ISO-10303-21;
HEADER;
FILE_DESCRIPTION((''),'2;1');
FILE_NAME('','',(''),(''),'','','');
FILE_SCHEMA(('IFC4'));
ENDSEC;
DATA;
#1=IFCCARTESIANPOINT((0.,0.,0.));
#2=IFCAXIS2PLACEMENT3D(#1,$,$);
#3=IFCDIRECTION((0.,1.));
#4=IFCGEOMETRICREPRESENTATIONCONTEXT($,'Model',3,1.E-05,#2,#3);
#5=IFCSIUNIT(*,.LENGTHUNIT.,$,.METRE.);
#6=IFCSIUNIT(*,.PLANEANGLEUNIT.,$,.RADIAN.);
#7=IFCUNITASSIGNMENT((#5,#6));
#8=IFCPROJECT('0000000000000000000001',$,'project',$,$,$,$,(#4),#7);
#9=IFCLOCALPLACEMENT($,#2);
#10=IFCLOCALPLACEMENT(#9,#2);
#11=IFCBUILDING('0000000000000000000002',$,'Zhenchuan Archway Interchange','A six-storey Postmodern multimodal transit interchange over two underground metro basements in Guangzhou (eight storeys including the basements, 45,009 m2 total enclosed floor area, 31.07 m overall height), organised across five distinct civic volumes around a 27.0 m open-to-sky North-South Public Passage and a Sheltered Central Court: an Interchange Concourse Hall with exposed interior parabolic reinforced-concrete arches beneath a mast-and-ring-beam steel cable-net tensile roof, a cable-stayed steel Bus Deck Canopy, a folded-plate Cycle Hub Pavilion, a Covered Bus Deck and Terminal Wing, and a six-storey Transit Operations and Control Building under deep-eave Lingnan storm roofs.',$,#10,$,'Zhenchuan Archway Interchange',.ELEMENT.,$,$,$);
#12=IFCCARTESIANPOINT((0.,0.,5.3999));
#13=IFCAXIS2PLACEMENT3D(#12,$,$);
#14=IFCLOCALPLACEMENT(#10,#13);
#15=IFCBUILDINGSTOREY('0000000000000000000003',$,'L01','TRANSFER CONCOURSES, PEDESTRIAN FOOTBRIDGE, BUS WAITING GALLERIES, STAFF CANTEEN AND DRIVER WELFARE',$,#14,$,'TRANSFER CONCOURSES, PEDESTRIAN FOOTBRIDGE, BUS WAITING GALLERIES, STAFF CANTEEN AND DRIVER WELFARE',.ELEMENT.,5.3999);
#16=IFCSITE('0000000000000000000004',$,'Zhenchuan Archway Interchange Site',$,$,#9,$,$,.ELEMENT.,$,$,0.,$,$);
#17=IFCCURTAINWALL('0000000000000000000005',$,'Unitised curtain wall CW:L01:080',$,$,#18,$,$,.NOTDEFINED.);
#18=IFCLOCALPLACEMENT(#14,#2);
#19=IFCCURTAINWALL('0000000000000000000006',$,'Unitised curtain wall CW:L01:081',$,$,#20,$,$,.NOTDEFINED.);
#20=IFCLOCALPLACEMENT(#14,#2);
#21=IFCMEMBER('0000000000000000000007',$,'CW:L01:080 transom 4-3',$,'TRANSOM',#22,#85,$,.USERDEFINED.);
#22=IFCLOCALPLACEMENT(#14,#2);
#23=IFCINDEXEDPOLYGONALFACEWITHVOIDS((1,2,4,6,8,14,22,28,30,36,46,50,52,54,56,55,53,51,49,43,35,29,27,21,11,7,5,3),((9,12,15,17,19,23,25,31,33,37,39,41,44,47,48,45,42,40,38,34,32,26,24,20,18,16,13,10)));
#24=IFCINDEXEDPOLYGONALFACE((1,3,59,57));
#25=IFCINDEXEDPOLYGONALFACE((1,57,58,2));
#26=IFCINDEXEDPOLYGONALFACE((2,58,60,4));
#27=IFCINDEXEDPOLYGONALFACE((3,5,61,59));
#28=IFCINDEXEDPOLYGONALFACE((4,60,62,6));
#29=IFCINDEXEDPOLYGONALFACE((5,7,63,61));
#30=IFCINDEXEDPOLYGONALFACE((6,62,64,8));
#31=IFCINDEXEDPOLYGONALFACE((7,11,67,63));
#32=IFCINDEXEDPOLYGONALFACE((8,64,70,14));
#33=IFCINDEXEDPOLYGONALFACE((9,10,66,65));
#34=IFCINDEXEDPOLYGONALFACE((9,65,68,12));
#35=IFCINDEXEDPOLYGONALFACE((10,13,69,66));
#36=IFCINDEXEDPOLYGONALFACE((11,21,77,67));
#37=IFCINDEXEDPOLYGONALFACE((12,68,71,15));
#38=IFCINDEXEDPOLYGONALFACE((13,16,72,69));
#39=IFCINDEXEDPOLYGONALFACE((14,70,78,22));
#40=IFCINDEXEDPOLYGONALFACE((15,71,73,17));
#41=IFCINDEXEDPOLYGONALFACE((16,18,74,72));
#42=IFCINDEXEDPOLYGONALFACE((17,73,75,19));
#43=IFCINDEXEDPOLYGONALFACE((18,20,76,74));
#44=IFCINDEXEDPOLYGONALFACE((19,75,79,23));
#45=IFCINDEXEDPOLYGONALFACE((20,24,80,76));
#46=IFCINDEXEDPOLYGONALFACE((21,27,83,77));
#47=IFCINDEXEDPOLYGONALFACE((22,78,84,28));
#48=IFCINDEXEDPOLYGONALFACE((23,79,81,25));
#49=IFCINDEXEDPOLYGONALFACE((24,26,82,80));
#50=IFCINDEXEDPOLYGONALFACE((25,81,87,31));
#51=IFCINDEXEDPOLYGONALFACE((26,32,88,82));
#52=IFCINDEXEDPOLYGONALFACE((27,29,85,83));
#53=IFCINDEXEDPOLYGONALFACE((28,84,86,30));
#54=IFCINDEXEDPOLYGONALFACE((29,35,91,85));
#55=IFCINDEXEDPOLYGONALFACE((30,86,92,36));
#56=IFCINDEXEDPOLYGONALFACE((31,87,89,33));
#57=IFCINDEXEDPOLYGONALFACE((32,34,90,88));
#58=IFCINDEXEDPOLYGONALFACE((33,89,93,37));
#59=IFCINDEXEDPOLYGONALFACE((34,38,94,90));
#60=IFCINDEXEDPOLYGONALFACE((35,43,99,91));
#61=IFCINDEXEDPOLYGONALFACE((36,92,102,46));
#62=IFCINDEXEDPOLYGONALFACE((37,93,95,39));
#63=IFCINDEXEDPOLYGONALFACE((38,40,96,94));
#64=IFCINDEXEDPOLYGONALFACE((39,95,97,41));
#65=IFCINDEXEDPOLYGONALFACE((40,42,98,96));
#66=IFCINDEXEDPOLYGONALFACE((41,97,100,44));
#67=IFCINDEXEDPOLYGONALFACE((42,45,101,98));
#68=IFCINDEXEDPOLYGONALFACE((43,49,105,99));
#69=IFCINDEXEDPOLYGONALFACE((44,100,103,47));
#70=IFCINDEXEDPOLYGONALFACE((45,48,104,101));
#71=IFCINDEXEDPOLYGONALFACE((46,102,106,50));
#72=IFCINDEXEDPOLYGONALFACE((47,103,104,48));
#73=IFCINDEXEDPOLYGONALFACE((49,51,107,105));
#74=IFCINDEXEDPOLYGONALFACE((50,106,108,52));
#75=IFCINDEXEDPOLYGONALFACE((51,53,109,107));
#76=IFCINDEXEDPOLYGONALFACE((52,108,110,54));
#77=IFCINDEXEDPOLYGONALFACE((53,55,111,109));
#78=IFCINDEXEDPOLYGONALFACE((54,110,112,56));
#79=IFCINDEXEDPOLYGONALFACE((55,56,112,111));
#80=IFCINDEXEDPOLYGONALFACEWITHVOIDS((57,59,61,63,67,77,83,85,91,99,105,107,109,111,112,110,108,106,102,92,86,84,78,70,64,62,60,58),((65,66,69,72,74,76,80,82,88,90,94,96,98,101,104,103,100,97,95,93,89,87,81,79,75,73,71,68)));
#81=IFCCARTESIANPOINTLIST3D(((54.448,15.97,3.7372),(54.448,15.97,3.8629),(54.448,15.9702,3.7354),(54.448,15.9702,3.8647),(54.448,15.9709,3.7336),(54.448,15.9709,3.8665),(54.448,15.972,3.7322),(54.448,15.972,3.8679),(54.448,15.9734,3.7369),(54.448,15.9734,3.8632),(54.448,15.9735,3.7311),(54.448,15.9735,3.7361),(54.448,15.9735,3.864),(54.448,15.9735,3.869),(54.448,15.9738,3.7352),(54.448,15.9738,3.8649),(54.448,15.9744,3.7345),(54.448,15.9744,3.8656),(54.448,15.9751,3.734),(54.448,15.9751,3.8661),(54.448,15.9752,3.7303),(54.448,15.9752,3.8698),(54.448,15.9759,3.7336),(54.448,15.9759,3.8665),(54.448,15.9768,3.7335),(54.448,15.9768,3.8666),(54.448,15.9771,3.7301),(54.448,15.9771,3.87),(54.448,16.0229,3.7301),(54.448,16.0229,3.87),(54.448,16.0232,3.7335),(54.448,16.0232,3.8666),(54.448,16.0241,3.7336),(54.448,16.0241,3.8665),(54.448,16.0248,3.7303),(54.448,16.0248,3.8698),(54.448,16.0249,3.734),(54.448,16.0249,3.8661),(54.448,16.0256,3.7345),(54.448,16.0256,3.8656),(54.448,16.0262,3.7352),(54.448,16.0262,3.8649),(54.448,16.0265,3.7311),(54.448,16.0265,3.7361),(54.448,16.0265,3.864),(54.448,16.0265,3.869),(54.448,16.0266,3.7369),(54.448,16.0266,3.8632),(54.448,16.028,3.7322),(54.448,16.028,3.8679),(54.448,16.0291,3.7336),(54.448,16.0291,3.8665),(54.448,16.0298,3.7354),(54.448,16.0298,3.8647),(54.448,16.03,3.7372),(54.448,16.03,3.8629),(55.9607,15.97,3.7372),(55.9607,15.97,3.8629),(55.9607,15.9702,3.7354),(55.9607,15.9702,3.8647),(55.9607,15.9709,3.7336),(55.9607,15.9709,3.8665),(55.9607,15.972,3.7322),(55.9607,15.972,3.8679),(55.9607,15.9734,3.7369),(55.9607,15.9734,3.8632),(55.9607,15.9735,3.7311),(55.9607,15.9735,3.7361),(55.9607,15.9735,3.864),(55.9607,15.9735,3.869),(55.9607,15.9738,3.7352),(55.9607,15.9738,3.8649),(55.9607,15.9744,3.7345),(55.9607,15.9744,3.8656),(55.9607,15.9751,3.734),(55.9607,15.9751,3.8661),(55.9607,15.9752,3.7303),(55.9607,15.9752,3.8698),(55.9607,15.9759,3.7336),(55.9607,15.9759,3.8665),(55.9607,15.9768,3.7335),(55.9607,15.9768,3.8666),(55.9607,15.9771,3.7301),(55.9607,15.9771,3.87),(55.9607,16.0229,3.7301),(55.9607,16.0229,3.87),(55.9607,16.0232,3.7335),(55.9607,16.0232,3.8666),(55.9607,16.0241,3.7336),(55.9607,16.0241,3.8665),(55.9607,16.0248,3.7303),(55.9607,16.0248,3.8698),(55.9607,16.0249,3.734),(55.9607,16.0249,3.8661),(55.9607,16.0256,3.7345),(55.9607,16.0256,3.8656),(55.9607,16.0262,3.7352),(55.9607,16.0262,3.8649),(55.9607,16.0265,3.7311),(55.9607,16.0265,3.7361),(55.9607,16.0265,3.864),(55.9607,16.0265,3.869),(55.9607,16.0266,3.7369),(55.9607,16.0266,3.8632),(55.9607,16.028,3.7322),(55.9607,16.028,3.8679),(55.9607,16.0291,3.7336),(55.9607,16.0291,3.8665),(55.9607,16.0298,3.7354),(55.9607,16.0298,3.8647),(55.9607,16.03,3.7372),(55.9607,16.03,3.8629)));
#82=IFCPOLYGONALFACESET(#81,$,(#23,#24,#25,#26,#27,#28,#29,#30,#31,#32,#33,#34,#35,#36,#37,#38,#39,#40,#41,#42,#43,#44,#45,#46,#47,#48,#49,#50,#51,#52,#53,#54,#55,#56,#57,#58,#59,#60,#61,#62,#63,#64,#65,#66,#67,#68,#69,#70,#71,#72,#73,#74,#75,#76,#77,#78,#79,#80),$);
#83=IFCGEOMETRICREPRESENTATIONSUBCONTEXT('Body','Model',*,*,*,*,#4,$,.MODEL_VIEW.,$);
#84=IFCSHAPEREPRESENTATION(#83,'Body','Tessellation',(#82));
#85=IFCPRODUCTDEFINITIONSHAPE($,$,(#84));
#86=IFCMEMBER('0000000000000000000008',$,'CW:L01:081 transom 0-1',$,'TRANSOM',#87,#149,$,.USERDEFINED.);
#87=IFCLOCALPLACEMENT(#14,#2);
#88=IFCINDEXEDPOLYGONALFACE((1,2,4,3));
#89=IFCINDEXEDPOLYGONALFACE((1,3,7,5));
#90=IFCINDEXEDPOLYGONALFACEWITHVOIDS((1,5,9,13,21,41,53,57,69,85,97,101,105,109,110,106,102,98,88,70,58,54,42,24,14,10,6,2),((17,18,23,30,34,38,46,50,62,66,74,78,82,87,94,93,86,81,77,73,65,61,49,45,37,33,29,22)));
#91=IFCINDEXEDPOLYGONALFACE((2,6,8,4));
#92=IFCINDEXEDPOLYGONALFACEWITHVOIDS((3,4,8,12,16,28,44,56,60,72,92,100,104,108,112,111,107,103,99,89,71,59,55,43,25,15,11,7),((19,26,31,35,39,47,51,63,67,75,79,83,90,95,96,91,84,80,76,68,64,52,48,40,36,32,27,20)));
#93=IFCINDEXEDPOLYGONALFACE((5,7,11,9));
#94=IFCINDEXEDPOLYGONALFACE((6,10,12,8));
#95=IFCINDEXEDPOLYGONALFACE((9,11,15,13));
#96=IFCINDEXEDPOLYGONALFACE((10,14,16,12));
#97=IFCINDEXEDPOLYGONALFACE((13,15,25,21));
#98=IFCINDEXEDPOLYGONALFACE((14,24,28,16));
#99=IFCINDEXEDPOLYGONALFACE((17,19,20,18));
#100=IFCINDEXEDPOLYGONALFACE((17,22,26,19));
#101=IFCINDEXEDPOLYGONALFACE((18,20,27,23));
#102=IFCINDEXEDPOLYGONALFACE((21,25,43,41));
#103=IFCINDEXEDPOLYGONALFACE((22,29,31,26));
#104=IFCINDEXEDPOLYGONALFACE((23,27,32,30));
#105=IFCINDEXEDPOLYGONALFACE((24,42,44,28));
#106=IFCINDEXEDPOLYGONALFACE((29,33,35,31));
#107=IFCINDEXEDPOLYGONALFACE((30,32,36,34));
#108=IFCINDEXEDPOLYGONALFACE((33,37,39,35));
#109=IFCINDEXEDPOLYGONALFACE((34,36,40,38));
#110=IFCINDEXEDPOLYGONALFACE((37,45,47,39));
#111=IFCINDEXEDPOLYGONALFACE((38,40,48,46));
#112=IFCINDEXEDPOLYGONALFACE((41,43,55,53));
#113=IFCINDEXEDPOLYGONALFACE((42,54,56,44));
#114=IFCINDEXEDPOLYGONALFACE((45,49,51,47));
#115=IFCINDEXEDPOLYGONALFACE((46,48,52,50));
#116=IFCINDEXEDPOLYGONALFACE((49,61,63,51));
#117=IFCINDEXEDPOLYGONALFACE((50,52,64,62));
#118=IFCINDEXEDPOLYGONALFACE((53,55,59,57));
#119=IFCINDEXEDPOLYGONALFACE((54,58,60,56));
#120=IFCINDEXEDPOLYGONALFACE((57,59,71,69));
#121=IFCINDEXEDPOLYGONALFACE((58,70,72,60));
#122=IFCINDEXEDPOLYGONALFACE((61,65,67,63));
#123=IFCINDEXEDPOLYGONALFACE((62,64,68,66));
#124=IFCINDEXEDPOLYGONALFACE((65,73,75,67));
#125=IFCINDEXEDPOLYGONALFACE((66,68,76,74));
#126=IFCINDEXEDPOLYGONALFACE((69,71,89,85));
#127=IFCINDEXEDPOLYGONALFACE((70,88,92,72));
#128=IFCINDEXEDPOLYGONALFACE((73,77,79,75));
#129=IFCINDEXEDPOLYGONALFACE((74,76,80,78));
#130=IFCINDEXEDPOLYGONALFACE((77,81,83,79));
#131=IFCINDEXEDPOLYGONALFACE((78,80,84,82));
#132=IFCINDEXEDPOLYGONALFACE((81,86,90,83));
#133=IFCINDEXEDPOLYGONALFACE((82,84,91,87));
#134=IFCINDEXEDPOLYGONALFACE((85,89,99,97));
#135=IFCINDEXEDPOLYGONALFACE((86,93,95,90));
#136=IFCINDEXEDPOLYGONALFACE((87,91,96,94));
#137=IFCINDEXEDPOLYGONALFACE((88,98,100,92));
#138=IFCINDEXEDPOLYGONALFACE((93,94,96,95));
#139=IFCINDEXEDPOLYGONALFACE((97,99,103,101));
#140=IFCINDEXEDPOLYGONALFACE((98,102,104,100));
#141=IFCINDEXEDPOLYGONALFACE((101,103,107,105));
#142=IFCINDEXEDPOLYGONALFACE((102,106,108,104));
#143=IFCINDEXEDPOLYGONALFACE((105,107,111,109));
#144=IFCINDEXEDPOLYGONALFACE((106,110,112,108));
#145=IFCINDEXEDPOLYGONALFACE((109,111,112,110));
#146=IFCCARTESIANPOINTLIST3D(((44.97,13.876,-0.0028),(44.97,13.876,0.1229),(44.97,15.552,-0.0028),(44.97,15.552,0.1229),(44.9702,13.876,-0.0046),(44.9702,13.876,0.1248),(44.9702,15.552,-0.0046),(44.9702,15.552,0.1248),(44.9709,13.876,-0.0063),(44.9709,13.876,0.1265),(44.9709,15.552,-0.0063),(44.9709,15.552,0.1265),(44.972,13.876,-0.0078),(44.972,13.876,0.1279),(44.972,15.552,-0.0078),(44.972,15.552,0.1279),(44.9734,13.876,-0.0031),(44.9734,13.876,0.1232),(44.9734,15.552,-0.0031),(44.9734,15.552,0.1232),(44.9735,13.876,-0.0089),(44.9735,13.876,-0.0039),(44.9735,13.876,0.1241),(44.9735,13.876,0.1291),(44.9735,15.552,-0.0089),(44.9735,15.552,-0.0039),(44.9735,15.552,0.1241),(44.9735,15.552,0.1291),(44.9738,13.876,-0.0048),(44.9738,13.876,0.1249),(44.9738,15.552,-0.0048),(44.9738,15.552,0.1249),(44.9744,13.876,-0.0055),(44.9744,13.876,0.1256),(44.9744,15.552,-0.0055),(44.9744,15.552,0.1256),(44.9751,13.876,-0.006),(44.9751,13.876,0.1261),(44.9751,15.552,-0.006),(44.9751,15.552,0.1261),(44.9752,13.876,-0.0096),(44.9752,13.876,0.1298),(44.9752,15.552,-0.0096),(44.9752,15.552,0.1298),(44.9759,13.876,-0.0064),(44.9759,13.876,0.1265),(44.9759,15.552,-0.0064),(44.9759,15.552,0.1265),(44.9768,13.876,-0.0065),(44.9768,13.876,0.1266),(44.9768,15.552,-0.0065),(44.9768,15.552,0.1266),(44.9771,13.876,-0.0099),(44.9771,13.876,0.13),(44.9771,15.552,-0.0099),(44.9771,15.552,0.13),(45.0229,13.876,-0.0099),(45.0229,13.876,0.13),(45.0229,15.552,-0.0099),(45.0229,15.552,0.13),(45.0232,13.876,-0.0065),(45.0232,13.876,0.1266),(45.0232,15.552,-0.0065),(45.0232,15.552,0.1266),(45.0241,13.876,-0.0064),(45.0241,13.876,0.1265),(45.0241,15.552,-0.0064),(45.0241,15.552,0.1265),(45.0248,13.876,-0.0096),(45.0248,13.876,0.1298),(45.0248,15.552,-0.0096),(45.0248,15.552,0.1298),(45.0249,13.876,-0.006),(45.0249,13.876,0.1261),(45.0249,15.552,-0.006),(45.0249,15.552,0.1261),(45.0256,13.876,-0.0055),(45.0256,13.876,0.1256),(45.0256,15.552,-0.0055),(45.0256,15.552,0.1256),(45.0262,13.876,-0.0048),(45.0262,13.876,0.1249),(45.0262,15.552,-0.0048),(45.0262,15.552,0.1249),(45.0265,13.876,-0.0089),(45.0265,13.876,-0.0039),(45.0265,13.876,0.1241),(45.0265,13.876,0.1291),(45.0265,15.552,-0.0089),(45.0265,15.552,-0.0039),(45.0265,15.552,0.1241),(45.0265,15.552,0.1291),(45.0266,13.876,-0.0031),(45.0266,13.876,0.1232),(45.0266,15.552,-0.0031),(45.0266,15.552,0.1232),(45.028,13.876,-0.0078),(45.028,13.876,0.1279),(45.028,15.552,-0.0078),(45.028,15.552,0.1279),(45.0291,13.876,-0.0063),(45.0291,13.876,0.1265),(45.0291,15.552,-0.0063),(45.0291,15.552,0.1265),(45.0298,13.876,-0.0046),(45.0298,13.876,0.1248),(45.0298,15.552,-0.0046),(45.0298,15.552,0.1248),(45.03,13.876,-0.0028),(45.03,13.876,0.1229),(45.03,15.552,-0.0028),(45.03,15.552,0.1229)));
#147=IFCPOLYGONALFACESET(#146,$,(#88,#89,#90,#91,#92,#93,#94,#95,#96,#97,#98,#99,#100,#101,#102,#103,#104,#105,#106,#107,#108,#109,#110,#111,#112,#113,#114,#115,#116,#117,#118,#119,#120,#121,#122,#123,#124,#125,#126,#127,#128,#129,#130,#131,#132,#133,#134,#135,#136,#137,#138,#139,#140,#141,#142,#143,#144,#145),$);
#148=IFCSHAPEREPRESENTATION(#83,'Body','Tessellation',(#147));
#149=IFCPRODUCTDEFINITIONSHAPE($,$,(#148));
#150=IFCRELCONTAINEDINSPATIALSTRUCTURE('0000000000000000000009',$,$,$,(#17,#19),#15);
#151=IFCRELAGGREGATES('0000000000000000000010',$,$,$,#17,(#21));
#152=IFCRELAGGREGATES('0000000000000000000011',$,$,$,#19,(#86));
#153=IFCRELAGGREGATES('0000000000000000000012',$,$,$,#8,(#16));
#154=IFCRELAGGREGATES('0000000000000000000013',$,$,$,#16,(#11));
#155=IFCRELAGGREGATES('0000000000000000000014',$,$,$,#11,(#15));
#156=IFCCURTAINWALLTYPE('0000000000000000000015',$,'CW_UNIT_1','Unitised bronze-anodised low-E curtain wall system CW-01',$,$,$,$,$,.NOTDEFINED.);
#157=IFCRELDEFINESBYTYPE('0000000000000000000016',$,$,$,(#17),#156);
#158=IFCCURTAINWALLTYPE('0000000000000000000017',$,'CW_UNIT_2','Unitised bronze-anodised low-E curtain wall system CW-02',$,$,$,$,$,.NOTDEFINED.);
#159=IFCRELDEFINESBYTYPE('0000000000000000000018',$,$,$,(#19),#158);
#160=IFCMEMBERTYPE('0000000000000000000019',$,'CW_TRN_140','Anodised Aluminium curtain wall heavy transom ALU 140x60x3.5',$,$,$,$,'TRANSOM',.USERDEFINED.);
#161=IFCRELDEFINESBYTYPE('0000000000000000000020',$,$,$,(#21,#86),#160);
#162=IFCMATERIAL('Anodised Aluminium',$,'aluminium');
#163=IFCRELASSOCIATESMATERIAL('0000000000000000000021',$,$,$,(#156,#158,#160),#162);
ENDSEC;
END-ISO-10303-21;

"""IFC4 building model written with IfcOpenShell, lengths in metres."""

from ifc_helpers import new_model, si_unit, direction, frame, origin, origin_2d, place, context, subcontext, project, spatial, hollow_rectangle, extrude, material, material_profile, profile_set, type_object, element, aggregate, save


model = new_model("IFC4")

# Units and contexts
model_context = context("Model", 3, precision=1e-05, world=origin(), true_north=direction((0.0, 1.0)))
body_context = subcontext(model_context, "Body", "Model", "MODEL_VIEW")
ifc_project = project(units=[si_unit("LENGTHUNIT", "METRE"), si_unit("PLANEANGLEUNIT", "RADIAN")], contexts=[model_context])

# Site, building, storey
site_placement = place(None, origin())
site = spatial("IfcSite", under=ifc_project, at=site_placement, Name="Zhenchuan Archway Interchange Site", CompositionType="ELEMENT", RefElevation=0.0)
building_placement = place(site_placement, origin())
building = spatial("IfcBuilding", under=site, at=building_placement, Name="Zhenchuan Archway Interchange", Description="A six-storey Postmodern multimodal transit interchange over two underground metro basements in Guangzhou (eight storeys including the basements, 45,009 m2 total enclosed floor area, 31.07 m overall height), organised across five distinct civic volumes around a 27.0 m open-to-sky North-South Public Passage and a Sheltered Central Court: an Interchange Concourse Hall with exposed interior parabolic reinforced-concrete arches beneath a mast-and-ring-beam steel cable-net tensile roof, a cable-stayed steel Bus Deck Canopy, a folded-plate Cycle Hub Pavilion, a Covered Bus Deck and Terminal Wing, and a six-storey Transit Operations and Control Building under deep-eave Lingnan storm roofs.", LongName="Zhenchuan Archway Interchange", CompositionType="ELEMENT")
storey_placement = place(building_placement, frame((0.0, 0.0, 5.3999)))
storey = spatial("IfcBuildingStorey", under=building, at=storey_placement, Name="L01", Description="TRANSFER CONCOURSES, PEDESTRIAN FOOTBRIDGE, BUS WAITING GALLERIES, STAFF CANTEEN AND DRIVER WELFARE", LongName="TRANSFER CONCOURSES, PEDESTRIAN FOOTBRIDGE, BUS WAITING GALLERIES, STAFF CANTEEN AND DRIVER WELFARE", CompositionType="ELEMENT", Elevation=5.3999)

# Curtain walls
ifc_material_1 = material(Name="Anodised Aluminium", Category="aluminium")
curtain_wall_type_1 = type_object("IfcCurtainWallType", Name="CW_UNIT_1", Description="Unitised bronze-anodised low-E curtain wall system CW-01", PredefinedType="NOTDEFINED", material=ifc_material_1)
curtain_wall_1_placement = place(storey_placement, origin())
curtain_wall_1 = element("IfcCurtainWall", 1, at=curtain_wall_1_placement, inside=storey, type_object=curtain_wall_type_1, Name="Unitised curtain wall CW:L01:080", PredefinedType="NOTDEFINED")
curtain_wall_type_2 = type_object("IfcCurtainWallType", Name="CW_UNIT_2", Description="Unitised bronze-anodised low-E curtain wall system CW-02", PredefinedType="NOTDEFINED", material=ifc_material_1)
curtain_wall_2_placement = place(storey_placement, origin())
curtain_wall_2 = element("IfcCurtainWall", 2, at=curtain_wall_2_placement, inside=storey, type_object=curtain_wall_type_2, Name="Unitised curtain wall CW:L01:081", PredefinedType="NOTDEFINED")

# Members
ifc_material_profile_1 = material_profile(ifc_material_1, hollow_rectangle(XDim=0.0601, YDim=0.1399, WallThickness=0.0034, InnerFilletRadius=0.0034, OuterFilletRadius=0.0071, at=origin_2d()), Name="ALU 140x60x3.5")
ifc_profile_set_1 = profile_set([ifc_material_profile_1], Name="Anodised Aluminium")
member_type_1 = type_object("IfcMemberType", Name="CW_TRN_140", Description="Anodised Aluminium curtain wall heavy transom ALU 140x60x3.5", ElementType="TRANSOM", PredefinedType="USERDEFINED", material=ifc_profile_set_1)
member_1_placement = place(storey_placement, frame((55.9607, 16.0, 3.8), z_axis=(-1.0, 0.0, 0.0), x_axis=(0.0, -1.0, 0.0)))
member_1 = element("IfcMember", 3, at=member_1_placement, type_object=member_type_1, Name="CW:L01:080 transom 4-3", ObjectType="TRANSOM", PredefinedType="USERDEFINED", context=body_context, shape_type="SweptSolid", body=[
    extrude(hollow_rectangle(XDim=0.0601, YDim=0.1399, WallThickness=0.0034, InnerFilletRadius=0.0034, OuterFilletRadius=0.0071, at=origin_2d()), origin(), (0.0, 0.0, 1.0), 1.5127),
])
member_2_placement = place(storey_placement, frame((45.0, 15.552, 0.0601), z_axis=(0.0, -1.0, 0.0), x_axis=(1.0, 0.0, 0.0)))
member_2 = element("IfcMember", 4, at=member_2_placement, type_object=member_type_1, Name="CW:L01:081 transom 0-1", ObjectType="TRANSOM", PredefinedType="USERDEFINED", context=body_context, shape_type="SweptSolid", body=[
    extrude(hollow_rectangle(XDim=0.0601, YDim=0.1399, WallThickness=0.0034, InnerFilletRadius=0.0034, OuterFilletRadius=0.0071, at=origin_2d()), origin(), (0.0, 0.0, 1.0), 1.676),
])

aggregate(curtain_wall_1, [member_1])
aggregate(curtain_wall_2, [member_2])

save(model, "model.ifc")
